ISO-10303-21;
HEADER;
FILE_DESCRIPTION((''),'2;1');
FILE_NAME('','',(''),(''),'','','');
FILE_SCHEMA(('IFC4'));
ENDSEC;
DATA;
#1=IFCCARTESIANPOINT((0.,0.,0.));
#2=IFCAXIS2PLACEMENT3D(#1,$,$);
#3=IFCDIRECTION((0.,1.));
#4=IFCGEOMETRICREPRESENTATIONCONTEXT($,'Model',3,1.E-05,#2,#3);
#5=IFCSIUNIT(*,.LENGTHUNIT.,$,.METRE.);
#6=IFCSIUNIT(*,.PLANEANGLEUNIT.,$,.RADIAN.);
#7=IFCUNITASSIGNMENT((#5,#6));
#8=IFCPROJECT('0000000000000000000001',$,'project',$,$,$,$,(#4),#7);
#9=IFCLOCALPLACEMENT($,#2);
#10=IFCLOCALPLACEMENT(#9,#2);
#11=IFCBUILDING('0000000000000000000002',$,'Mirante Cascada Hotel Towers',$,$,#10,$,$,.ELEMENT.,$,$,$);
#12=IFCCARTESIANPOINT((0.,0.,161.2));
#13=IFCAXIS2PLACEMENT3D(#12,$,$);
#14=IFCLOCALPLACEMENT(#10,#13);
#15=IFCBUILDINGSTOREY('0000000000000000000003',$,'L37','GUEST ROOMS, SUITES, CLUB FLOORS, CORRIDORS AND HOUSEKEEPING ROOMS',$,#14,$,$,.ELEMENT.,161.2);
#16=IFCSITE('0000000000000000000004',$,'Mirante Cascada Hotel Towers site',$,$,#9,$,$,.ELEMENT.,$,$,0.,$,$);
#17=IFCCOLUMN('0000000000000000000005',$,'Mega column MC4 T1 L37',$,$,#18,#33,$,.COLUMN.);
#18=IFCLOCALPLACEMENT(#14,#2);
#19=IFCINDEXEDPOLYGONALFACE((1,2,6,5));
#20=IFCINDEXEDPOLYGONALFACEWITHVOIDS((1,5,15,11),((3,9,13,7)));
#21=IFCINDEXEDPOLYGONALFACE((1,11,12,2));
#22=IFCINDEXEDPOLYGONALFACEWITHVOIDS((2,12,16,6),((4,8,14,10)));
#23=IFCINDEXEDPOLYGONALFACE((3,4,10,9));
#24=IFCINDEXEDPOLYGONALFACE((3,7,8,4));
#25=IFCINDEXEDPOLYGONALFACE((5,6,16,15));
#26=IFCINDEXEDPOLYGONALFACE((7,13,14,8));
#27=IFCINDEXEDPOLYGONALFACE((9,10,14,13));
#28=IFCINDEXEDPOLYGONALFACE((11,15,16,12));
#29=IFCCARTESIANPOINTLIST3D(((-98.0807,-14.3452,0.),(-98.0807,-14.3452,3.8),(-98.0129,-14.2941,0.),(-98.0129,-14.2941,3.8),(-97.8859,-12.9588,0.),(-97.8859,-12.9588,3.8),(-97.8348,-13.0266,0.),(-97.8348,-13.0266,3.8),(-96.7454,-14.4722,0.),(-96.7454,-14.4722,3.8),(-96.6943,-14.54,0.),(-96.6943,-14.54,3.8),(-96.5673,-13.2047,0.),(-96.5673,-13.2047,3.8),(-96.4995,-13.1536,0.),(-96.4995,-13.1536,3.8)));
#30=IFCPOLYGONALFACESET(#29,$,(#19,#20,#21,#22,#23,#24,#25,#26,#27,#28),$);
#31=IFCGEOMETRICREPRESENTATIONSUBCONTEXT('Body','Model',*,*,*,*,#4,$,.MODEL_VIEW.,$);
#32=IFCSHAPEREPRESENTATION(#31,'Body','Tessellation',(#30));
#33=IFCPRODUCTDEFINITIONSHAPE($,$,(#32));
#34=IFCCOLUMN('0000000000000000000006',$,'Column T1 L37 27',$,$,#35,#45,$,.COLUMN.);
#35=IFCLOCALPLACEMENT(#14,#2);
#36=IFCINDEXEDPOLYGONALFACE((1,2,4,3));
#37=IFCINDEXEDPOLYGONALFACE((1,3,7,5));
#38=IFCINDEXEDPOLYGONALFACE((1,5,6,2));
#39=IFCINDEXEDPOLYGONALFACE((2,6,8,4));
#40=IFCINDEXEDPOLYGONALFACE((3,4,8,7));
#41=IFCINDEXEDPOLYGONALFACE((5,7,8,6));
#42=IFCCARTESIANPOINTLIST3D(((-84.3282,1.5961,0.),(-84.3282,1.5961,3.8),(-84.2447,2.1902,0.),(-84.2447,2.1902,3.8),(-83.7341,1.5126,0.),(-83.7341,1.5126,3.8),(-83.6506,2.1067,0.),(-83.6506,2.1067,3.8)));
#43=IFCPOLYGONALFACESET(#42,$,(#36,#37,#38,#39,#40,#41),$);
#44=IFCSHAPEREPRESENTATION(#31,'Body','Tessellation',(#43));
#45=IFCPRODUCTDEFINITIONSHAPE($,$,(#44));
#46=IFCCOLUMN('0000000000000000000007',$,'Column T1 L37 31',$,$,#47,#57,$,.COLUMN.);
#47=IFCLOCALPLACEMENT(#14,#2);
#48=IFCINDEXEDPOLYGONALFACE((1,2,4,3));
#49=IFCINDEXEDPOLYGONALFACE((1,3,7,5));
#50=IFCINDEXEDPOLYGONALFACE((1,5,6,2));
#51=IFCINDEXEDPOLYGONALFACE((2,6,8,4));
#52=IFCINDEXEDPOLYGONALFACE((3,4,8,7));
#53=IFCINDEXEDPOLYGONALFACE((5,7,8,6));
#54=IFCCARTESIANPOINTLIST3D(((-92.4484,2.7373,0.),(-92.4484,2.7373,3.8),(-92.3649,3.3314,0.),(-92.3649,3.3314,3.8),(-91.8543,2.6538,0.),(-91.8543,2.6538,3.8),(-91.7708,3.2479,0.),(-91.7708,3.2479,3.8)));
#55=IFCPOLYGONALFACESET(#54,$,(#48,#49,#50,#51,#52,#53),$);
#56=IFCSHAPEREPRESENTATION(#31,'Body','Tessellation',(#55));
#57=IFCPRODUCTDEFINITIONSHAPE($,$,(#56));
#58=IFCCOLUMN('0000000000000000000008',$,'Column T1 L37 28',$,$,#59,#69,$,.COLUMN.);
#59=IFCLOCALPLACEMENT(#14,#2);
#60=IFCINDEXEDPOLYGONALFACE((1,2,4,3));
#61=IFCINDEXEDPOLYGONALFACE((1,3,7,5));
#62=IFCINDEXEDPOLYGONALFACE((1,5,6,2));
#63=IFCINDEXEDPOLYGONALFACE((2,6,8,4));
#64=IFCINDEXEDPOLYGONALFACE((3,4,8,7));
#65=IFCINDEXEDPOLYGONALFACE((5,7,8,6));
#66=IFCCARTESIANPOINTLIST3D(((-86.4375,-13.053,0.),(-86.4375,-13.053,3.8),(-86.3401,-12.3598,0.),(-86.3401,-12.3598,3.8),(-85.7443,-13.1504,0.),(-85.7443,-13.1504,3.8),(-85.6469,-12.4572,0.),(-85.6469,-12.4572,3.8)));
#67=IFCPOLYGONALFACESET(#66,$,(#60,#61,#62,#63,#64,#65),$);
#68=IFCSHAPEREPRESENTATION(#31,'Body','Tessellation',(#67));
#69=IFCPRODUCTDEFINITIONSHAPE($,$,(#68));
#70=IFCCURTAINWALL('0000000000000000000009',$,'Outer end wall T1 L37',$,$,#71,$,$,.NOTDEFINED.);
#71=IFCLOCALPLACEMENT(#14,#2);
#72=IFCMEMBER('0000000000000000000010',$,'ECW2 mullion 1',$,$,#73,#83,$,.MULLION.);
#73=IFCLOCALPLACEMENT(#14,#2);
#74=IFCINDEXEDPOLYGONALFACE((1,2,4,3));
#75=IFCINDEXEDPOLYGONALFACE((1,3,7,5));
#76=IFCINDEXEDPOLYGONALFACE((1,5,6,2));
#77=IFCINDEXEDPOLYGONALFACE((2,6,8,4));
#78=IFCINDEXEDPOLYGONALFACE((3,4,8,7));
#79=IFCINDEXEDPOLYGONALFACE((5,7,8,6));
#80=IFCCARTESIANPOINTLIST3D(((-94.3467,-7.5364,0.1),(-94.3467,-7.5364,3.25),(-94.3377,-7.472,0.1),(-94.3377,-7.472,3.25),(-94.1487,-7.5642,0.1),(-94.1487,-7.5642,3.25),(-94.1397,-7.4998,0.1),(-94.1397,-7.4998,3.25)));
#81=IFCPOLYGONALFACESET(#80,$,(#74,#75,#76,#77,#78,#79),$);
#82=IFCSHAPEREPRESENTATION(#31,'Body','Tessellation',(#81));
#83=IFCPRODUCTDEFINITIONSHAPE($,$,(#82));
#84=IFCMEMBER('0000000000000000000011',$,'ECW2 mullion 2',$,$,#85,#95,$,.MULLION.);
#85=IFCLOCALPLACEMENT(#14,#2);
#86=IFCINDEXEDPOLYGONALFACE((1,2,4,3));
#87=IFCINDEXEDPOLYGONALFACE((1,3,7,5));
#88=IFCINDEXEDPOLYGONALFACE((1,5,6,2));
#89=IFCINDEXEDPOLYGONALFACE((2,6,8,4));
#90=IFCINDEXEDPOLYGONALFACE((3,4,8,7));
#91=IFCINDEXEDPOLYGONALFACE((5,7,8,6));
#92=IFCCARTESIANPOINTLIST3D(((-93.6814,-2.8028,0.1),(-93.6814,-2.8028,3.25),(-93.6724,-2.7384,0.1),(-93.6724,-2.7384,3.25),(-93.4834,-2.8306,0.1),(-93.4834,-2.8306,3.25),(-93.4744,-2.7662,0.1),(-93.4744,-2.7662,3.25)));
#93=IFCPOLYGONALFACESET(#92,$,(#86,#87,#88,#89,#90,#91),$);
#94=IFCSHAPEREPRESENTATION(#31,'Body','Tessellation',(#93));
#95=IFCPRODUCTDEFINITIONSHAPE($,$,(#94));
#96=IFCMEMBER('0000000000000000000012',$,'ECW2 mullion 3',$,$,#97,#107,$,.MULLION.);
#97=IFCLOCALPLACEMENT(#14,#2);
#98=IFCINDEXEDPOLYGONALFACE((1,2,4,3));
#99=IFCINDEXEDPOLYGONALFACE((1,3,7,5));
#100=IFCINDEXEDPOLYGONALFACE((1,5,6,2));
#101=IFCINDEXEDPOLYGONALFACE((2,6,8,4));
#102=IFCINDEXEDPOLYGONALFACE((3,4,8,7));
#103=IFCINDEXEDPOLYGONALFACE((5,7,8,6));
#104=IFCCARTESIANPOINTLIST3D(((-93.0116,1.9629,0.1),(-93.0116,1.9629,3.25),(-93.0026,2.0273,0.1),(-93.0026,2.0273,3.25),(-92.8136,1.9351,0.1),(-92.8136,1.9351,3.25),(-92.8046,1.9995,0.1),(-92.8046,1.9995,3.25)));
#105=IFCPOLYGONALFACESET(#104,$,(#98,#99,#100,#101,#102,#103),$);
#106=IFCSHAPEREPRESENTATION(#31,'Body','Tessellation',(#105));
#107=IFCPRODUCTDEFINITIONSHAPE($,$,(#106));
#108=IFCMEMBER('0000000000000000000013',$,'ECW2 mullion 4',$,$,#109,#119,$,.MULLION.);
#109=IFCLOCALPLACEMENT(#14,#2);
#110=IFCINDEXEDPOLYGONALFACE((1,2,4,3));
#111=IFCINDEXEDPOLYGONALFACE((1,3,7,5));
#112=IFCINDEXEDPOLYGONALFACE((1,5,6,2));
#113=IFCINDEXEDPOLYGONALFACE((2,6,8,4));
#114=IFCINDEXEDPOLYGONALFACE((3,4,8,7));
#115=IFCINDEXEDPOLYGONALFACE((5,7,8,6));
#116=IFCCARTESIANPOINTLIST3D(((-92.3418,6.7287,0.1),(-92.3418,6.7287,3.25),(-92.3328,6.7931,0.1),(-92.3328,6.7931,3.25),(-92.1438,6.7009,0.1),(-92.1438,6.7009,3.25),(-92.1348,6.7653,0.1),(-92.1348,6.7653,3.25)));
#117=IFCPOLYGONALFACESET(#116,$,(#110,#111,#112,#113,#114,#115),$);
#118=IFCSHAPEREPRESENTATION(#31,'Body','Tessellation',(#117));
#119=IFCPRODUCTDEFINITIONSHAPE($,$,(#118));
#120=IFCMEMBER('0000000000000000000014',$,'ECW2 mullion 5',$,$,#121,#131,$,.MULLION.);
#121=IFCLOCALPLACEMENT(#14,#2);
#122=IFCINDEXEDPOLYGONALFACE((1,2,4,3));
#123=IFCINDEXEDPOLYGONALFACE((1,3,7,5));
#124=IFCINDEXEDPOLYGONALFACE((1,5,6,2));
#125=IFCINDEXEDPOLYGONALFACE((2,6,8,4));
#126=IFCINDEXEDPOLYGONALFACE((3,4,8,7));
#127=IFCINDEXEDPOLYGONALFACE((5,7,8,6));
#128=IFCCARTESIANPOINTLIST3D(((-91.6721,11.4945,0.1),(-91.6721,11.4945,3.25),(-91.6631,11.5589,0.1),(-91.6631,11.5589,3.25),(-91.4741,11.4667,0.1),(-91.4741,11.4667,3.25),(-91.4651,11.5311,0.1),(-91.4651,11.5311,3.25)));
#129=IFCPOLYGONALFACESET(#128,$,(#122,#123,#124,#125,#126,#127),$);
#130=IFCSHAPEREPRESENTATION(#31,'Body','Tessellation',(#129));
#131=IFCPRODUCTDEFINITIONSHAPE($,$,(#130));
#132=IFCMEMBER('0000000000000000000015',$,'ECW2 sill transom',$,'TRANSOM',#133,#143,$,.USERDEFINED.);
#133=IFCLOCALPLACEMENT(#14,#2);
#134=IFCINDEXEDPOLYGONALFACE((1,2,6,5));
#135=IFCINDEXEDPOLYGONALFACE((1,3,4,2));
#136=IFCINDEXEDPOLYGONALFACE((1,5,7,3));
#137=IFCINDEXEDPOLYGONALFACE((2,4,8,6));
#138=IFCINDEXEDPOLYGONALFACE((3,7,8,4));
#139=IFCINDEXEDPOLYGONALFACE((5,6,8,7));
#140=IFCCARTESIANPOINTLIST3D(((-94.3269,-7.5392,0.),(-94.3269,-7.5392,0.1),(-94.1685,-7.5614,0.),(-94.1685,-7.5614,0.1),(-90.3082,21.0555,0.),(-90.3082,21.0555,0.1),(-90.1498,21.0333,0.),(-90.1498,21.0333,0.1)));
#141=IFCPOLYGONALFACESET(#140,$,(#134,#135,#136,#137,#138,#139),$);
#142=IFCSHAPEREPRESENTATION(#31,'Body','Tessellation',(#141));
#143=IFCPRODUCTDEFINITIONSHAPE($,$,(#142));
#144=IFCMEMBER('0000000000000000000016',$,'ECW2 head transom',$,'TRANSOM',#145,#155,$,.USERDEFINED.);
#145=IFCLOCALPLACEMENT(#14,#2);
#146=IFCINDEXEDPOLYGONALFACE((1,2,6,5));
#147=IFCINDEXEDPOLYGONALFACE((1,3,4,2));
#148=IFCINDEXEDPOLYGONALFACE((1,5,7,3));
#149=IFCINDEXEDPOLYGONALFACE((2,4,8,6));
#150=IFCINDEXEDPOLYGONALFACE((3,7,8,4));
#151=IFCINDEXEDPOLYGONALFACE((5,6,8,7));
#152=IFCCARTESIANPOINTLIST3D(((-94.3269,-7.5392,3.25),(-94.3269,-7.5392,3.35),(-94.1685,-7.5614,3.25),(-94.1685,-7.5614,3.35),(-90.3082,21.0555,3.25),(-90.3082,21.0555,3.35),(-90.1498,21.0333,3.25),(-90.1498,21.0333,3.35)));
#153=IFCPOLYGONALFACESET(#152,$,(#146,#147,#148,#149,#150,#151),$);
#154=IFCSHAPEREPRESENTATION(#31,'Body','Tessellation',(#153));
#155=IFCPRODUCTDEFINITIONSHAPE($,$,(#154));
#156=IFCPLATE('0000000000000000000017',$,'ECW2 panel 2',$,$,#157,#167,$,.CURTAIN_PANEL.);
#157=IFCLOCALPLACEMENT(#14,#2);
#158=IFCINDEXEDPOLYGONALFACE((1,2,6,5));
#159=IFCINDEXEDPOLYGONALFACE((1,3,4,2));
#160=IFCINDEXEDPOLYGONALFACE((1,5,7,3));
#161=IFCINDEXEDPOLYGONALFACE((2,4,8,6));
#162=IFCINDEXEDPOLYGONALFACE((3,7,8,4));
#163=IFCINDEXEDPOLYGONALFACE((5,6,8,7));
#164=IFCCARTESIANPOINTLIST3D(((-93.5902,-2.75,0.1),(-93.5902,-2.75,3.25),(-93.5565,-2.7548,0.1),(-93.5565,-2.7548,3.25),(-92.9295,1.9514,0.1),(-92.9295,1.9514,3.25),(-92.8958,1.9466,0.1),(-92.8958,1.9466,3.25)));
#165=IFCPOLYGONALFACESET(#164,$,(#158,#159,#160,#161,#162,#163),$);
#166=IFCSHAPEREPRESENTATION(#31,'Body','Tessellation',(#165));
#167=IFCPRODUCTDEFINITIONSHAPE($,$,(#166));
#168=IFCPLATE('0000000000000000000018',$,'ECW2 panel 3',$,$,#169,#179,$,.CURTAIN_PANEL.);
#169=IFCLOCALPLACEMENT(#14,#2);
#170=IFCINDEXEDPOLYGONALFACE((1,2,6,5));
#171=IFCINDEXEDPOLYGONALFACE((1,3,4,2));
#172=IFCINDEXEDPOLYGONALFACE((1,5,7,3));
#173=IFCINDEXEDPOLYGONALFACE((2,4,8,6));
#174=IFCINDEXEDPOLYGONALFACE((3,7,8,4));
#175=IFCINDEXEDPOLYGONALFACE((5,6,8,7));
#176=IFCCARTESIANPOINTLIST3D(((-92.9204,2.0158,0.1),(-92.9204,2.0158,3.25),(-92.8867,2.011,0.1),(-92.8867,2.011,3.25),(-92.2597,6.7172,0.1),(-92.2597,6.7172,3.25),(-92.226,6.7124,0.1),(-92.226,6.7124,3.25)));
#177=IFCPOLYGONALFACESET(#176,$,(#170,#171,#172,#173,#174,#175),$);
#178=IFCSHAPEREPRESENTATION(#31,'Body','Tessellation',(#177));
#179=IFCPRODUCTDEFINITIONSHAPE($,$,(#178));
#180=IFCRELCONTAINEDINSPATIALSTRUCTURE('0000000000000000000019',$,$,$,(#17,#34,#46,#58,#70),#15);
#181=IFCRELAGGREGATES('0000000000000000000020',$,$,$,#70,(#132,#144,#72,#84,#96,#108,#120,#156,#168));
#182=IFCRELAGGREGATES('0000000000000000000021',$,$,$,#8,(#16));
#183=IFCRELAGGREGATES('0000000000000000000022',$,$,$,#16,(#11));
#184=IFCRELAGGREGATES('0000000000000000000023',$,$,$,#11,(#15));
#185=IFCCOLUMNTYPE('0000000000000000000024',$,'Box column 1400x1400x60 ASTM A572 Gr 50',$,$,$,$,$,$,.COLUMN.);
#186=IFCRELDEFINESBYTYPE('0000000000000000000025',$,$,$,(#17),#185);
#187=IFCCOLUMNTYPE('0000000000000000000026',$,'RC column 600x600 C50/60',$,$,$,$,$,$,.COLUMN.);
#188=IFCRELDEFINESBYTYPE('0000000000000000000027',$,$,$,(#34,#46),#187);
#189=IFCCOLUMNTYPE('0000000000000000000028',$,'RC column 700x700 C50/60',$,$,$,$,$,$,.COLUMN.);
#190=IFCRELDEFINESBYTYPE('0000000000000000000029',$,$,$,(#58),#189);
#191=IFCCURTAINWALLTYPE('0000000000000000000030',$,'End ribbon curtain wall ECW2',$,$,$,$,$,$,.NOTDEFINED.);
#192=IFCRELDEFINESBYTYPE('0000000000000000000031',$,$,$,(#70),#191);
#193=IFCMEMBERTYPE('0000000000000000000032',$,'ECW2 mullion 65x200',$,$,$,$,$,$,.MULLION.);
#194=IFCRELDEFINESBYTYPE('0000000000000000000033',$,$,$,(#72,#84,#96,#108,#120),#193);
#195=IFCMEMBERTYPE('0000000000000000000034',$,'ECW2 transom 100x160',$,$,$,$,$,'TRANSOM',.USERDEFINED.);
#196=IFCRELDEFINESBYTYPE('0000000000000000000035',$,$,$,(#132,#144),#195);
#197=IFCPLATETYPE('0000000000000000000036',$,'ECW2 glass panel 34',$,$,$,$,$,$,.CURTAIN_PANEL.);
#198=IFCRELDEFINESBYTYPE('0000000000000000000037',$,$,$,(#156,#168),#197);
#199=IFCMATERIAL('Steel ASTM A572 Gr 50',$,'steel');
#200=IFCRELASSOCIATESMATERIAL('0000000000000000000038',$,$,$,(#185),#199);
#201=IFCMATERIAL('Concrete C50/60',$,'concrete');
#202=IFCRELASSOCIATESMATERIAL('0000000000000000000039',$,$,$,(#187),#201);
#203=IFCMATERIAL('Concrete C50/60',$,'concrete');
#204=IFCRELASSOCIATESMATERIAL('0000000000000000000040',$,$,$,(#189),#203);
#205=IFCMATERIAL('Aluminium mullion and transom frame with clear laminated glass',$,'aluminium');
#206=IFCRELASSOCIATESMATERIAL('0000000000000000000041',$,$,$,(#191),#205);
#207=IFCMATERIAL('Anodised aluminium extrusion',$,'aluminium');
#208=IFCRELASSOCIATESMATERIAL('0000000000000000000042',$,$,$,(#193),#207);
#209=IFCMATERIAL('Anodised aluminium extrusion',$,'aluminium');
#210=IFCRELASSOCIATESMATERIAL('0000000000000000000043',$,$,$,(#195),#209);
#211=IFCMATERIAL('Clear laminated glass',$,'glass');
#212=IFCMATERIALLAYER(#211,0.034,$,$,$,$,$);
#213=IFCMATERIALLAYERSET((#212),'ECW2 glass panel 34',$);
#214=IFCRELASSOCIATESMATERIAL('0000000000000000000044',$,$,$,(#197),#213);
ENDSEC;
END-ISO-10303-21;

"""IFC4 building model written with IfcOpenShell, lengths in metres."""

from ifc_helpers import new_model, si_unit, direction, frame, origin, origin_2d, place, context, subcontext, project, spatial, rectangle, hollow_rectangle, extrude, material, layer, layer_set, material_profile, profile_set, type_object, element, aggregate, save


model = new_model("IFC4")

# Units and contexts
model_context = context("Model", 3, precision=1e-05, world=origin(), true_north=direction((0.0, 1.0)))
body_context = subcontext(model_context, "Body", "Model", "MODEL_VIEW")
ifc_project = project(units=[si_unit("LENGTHUNIT", "METRE"), si_unit("PLANEANGLEUNIT", "RADIAN")], contexts=[model_context])

# Site, building, storey
site_placement = place(None, origin())
site = spatial("IfcSite", under=ifc_project, at=site_placement, Name="Mirante Cascada Hotel Towers site", CompositionType="ELEMENT", RefElevation=0.0)
building_placement = place(site_placement, origin())
building = spatial("IfcBuilding", under=site, at=building_placement, Name="Mirante Cascada Hotel Towers", CompositionType="ELEMENT")
storey_placement = place(building_placement, frame((0.0, 0.0, 161.2)))
storey = spatial("IfcBuildingStorey", under=building, at=storey_placement, Name="L37", Description="GUEST ROOMS, SUITES, CLUB FLOORS, CORRIDORS AND HOUSEKEEPING ROOMS", CompositionType="ELEMENT", Elevation=161.2)

# Columns
ifc_material_1 = material(Name="Steel ASTM A572 Gr 50", Category="steel")
ifc_material_profile_1 = material_profile(ifc_material_1, hollow_rectangle(XDim=1.4, YDim=1.4, WallThickness=0.06, at=origin_2d()), Name="Box column 1400x1400x60 ASTM A572 Gr 50")
ifc_profile_set_1 = profile_set([ifc_material_profile_1], Name="Steel ASTM A572 Gr 50")
column_type_1 = type_object("IfcColumnType", Name="Box column 1400x1400x60 ASTM A572 Gr 50", PredefinedType="COLUMN", material=ifc_profile_set_1)
column_1_placement = place(storey_placement, frame((-97.2901, -13.7494, 0.0), z_axis=(0.0, 0.0, 1.0), x_axis=(-0.990268, 0.139173, 0.0)))
element("IfcColumn", 1, at=column_1_placement, inside=storey, type_object=column_type_1, Name="Mega column MC4 T1 L37", PredefinedType="COLUMN", context=body_context, shape_type="SweptSolid", body=[
    extrude(hollow_rectangle(XDim=1.4, YDim=1.4, WallThickness=0.06, at=origin_2d()), origin(), (0.0, 0.0, 1.0), 3.8),
])
ifc_material_2 = material(Name="Concrete C50/60", Category="concrete")
ifc_material_profile_2 = material_profile(ifc_material_2, rectangle(XDim=0.6, YDim=0.6, at=origin_2d()), Name="RC column 600x600 C50/60")
ifc_profile_set_2 = profile_set([ifc_material_profile_2], Name="Concrete C50/60")
column_type_2 = type_object("IfcColumnType", Name="RC column 600x600 C50/60", PredefinedType="COLUMN", material=ifc_profile_set_2)
for number, where, z_axis, x_axis, name in (
    (2, (-83.9894, 1.8514, 0.0), (0.0, 0.0, 1.0), (-0.990268, 0.139173, 0.0), "Column T1 L37 27"),
    (3, (-92.1096, 2.9926, 0.0), (0.0, 0.0, 1.0), (-0.990268, 0.139173, 0.0), "Column T1 L37 31"),
):
    element("IfcColumn", number, at=place(storey_placement, frame(where, z_axis=z_axis, x_axis=x_axis)), inside=storey, type_object=column_type_2, Name=name, PredefinedType="COLUMN", context=body_context, shape_type="SweptSolid", body=[
        extrude(rectangle(XDim=0.6, YDim=0.6, at=origin_2d()), origin(), (0.0, 0.0, 1.0), 3.8),
    ])
ifc_material_3 = material(Name="Concrete C50/60", Category="concrete")
ifc_material_profile_3 = material_profile(ifc_material_3, rectangle(XDim=0.7, YDim=0.7, at=origin_2d()), Name="RC column 700x700 C50/60")
ifc_profile_set_3 = profile_set([ifc_material_profile_3], Name="Concrete C50/60")
column_type_3 = type_object("IfcColumnType", Name="RC column 700x700 C50/60", PredefinedType="COLUMN", material=ifc_profile_set_3)
column_2_placement = place(storey_placement, frame((-86.0422, -12.7551, 0.0), z_axis=(0.0, 0.0, 1.0), x_axis=(-0.990268, 0.139173, 0.0)))
element("IfcColumn", 4, at=column_2_placement, inside=storey, type_object=column_type_3, Name="Column T1 L37 28", PredefinedType="COLUMN", context=body_context, shape_type="SweptSolid", body=[
    extrude(rectangle(XDim=0.7, YDim=0.7, at=origin_2d()), origin(), (0.0, 0.0, 1.0), 3.8),
])

# Curtain wall, members, plates
ifc_material_4 = material(Name="Aluminium mullion and transom frame with clear laminated glass", Category="aluminium")
curtain_wall_type = type_object("IfcCurtainWallType", Name="End ribbon curtain wall ECW2", PredefinedType="NOTDEFINED", material=ifc_material_4)
curtain_wall_placement = place(storey_placement, origin())
curtain_wall = element("IfcCurtainWall", 5, at=curtain_wall_placement, inside=storey, type_object=curtain_wall_type, Name="Outer end wall T1 L37", PredefinedType="NOTDEFINED")
ifc_material_5 = material(Name="Anodised aluminium extrusion", Category="aluminium")
ifc_material_profile_4 = material_profile(ifc_material_5, rectangle(XDim=0.2, YDim=0.065, at=origin_2d()), Name="ECW2 MULLION 65x200")
ifc_profile_set_4 = profile_set([ifc_material_profile_4], Name="Anodised aluminium extrusion")
member_type_1 = type_object("IfcMemberType", Name="ECW2 mullion 65x200", PredefinedType="MULLION", material=ifc_profile_set_4)
member_1_placement = place(storey_placement, frame((-94.2432, -7.5181, 0.1), z_axis=(0.0, 0.0, 1.0), x_axis=(-0.990268, 0.139173, 0.0)))
member_1 = element("IfcMember", 6, at=member_1_placement, type_object=member_type_1, Name="ECW2 mullion 1", PredefinedType="MULLION", context=body_context, shape_type="SweptSolid", body=[
    extrude(rectangle(XDim=0.2, YDim=0.065, at=origin_2d()), origin(), (0.0, 0.0, 1.0), 3.15),
])
member_2_placement = place(storey_placement, frame((-93.5779, -2.7845, 0.1), z_axis=(0.0, 0.0, 1.0), x_axis=(-0.990268, 0.139173, 0.0)))
member_2 = element("IfcMember", 7, at=member_2_placement, type_object=member_type_1, Name="ECW2 mullion 2", PredefinedType="MULLION", context=body_context, shape_type="SweptSolid", body=[
    extrude(rectangle(XDim=0.2, YDim=0.065, at=origin_2d()), origin(), (0.0, 0.0, 1.0), 3.15),
])
member_3_placement = place(storey_placement, frame((-92.9081, 1.9812, 0.1), z_axis=(0.0, 0.0, 1.0), x_axis=(-0.990268, 0.139173, 0.0)))
member_3 = element("IfcMember", 8, at=member_3_placement, type_object=member_type_1, Name="ECW2 mullion 3", PredefinedType="MULLION", context=body_context, shape_type="SweptSolid", body=[
    extrude(rectangle(XDim=0.2, YDim=0.065, at=origin_2d()), origin(), (0.0, 0.0, 1.0), 3.15),
])
member_4_placement = place(storey_placement, frame((-92.2383, 6.747, 0.1), z_axis=(0.0, 0.0, 1.0), x_axis=(-0.990268, 0.139173, 0.0)))
member_4 = element("IfcMember", 9, at=member_4_placement, type_object=member_type_1, Name="ECW2 mullion 4", PredefinedType="MULLION", context=body_context, shape_type="SweptSolid", body=[
    extrude(rectangle(XDim=0.2, YDim=0.065, at=origin_2d()), origin(), (0.0, 0.0, 1.0), 3.15),
])
member_5_placement = place(storey_placement, frame((-91.5686, 11.5128, 0.1), z_axis=(0.0, 0.0, 1.0), x_axis=(-0.990268, 0.139173, 0.0)))
member_5 = element("IfcMember", 10, at=member_5_placement, type_object=member_type_1, Name="ECW2 mullion 5", PredefinedType="MULLION", context=body_context, shape_type="SweptSolid", body=[
    extrude(rectangle(XDim=0.2, YDim=0.065, at=origin_2d()), origin(), (0.0, 0.0, 1.0), 3.15),
])
ifc_material_6 = material(Name="Anodised aluminium extrusion", Category="aluminium")
ifc_material_profile_5 = material_profile(ifc_material_6, rectangle(XDim=0.16, YDim=0.1, at=origin_2d()), Name="ECW2 TRANSOM 100x160")
ifc_profile_set_5 = profile_set([ifc_material_profile_5], Name="Anodised aluminium extrusion")
member_type_2 = type_object("IfcMemberType", Name="ECW2 transom 100x160", ElementType="TRANSOM", PredefinedType="USERDEFINED", material=ifc_profile_set_5)
member_6_placement = place(storey_placement, frame((-94.2477, -7.5503, 0.05), z_axis=(0.139172, 0.990268, 0.0), x_axis=(-0.990268, 0.139172, 0.0)))
member_6 = element("IfcMember", 11, at=member_6_placement, type_object=member_type_2, Name="ECW2 sill transom", ObjectType="TRANSOM", PredefinedType="USERDEFINED", context=body_context, shape_type="SweptSolid", body=[
    extrude(rectangle(XDim=0.16, YDim=0.1, at=origin_2d()), origin(), (0.0, 0.0, 1.0), 28.8757),
])
member_7_placement = place(storey_placement, frame((-94.2477, -7.5503, 3.3), z_axis=(0.139172, 0.990268, 0.0), x_axis=(-0.990268, 0.139172, 0.0)))
member_7 = element("IfcMember", 12, at=member_7_placement, type_object=member_type_2, Name="ECW2 head transom", ObjectType="TRANSOM", PredefinedType="USERDEFINED", context=body_context, shape_type="SweptSolid", body=[
    extrude(rectangle(XDim=0.16, YDim=0.1, at=origin_2d()), origin(), (0.0, 0.0, 1.0), 28.8757),
])
ifc_material_7 = material(Name="Clear laminated glass", Category="glass")
ifc_layer_1 = layer(ifc_material_7, 0.034)
ifc_layer_set_1 = layer_set([ifc_layer_1], Name="ECW2 glass panel 34")
plate_type_1 = type_object("IfcPlateType", Name="ECW2 glass panel 34", PredefinedType="CURTAIN_PANEL", material=ifc_layer_set_1)
plate_1_placement = place(storey_placement, frame((-93.243, -0.4017, 0.1), z_axis=(0.0, 0.0, 1.0), x_axis=(0.139173, 0.990268, 0.0)))
plate_1 = element("IfcPlate", 13, at=plate_1_placement, type_object=plate_type_1, Name="ECW2 panel 2", PredefinedType="CURTAIN_PANEL", context=body_context, shape_type="SweptSolid", body=[
    extrude(rectangle(XDim=4.7476, YDim=0.034, at=origin_2d()), origin(), (0.0, 0.0, 1.0), 3.15),
])
plate_2_placement = place(storey_placement, frame((-92.5732, 4.3641, 0.1), z_axis=(0.0, 0.0, 1.0), x_axis=(0.139173, 0.990268, 0.0)))
plate_2 = element("IfcPlate", 14, at=plate_2_placement, type_object=plate_type_1, Name="ECW2 panel 3", PredefinedType="CURTAIN_PANEL", context=body_context, shape_type="SweptSolid", body=[
    extrude(rectangle(XDim=4.7476, YDim=0.034, at=origin_2d()), origin(), (0.0, 0.0, 1.0), 3.15),
])
aggregate(curtain_wall, [member_6, member_7, member_1, member_2, member_3, member_4, member_5, plate_1, plate_2])

save(model, "model.ifc")
